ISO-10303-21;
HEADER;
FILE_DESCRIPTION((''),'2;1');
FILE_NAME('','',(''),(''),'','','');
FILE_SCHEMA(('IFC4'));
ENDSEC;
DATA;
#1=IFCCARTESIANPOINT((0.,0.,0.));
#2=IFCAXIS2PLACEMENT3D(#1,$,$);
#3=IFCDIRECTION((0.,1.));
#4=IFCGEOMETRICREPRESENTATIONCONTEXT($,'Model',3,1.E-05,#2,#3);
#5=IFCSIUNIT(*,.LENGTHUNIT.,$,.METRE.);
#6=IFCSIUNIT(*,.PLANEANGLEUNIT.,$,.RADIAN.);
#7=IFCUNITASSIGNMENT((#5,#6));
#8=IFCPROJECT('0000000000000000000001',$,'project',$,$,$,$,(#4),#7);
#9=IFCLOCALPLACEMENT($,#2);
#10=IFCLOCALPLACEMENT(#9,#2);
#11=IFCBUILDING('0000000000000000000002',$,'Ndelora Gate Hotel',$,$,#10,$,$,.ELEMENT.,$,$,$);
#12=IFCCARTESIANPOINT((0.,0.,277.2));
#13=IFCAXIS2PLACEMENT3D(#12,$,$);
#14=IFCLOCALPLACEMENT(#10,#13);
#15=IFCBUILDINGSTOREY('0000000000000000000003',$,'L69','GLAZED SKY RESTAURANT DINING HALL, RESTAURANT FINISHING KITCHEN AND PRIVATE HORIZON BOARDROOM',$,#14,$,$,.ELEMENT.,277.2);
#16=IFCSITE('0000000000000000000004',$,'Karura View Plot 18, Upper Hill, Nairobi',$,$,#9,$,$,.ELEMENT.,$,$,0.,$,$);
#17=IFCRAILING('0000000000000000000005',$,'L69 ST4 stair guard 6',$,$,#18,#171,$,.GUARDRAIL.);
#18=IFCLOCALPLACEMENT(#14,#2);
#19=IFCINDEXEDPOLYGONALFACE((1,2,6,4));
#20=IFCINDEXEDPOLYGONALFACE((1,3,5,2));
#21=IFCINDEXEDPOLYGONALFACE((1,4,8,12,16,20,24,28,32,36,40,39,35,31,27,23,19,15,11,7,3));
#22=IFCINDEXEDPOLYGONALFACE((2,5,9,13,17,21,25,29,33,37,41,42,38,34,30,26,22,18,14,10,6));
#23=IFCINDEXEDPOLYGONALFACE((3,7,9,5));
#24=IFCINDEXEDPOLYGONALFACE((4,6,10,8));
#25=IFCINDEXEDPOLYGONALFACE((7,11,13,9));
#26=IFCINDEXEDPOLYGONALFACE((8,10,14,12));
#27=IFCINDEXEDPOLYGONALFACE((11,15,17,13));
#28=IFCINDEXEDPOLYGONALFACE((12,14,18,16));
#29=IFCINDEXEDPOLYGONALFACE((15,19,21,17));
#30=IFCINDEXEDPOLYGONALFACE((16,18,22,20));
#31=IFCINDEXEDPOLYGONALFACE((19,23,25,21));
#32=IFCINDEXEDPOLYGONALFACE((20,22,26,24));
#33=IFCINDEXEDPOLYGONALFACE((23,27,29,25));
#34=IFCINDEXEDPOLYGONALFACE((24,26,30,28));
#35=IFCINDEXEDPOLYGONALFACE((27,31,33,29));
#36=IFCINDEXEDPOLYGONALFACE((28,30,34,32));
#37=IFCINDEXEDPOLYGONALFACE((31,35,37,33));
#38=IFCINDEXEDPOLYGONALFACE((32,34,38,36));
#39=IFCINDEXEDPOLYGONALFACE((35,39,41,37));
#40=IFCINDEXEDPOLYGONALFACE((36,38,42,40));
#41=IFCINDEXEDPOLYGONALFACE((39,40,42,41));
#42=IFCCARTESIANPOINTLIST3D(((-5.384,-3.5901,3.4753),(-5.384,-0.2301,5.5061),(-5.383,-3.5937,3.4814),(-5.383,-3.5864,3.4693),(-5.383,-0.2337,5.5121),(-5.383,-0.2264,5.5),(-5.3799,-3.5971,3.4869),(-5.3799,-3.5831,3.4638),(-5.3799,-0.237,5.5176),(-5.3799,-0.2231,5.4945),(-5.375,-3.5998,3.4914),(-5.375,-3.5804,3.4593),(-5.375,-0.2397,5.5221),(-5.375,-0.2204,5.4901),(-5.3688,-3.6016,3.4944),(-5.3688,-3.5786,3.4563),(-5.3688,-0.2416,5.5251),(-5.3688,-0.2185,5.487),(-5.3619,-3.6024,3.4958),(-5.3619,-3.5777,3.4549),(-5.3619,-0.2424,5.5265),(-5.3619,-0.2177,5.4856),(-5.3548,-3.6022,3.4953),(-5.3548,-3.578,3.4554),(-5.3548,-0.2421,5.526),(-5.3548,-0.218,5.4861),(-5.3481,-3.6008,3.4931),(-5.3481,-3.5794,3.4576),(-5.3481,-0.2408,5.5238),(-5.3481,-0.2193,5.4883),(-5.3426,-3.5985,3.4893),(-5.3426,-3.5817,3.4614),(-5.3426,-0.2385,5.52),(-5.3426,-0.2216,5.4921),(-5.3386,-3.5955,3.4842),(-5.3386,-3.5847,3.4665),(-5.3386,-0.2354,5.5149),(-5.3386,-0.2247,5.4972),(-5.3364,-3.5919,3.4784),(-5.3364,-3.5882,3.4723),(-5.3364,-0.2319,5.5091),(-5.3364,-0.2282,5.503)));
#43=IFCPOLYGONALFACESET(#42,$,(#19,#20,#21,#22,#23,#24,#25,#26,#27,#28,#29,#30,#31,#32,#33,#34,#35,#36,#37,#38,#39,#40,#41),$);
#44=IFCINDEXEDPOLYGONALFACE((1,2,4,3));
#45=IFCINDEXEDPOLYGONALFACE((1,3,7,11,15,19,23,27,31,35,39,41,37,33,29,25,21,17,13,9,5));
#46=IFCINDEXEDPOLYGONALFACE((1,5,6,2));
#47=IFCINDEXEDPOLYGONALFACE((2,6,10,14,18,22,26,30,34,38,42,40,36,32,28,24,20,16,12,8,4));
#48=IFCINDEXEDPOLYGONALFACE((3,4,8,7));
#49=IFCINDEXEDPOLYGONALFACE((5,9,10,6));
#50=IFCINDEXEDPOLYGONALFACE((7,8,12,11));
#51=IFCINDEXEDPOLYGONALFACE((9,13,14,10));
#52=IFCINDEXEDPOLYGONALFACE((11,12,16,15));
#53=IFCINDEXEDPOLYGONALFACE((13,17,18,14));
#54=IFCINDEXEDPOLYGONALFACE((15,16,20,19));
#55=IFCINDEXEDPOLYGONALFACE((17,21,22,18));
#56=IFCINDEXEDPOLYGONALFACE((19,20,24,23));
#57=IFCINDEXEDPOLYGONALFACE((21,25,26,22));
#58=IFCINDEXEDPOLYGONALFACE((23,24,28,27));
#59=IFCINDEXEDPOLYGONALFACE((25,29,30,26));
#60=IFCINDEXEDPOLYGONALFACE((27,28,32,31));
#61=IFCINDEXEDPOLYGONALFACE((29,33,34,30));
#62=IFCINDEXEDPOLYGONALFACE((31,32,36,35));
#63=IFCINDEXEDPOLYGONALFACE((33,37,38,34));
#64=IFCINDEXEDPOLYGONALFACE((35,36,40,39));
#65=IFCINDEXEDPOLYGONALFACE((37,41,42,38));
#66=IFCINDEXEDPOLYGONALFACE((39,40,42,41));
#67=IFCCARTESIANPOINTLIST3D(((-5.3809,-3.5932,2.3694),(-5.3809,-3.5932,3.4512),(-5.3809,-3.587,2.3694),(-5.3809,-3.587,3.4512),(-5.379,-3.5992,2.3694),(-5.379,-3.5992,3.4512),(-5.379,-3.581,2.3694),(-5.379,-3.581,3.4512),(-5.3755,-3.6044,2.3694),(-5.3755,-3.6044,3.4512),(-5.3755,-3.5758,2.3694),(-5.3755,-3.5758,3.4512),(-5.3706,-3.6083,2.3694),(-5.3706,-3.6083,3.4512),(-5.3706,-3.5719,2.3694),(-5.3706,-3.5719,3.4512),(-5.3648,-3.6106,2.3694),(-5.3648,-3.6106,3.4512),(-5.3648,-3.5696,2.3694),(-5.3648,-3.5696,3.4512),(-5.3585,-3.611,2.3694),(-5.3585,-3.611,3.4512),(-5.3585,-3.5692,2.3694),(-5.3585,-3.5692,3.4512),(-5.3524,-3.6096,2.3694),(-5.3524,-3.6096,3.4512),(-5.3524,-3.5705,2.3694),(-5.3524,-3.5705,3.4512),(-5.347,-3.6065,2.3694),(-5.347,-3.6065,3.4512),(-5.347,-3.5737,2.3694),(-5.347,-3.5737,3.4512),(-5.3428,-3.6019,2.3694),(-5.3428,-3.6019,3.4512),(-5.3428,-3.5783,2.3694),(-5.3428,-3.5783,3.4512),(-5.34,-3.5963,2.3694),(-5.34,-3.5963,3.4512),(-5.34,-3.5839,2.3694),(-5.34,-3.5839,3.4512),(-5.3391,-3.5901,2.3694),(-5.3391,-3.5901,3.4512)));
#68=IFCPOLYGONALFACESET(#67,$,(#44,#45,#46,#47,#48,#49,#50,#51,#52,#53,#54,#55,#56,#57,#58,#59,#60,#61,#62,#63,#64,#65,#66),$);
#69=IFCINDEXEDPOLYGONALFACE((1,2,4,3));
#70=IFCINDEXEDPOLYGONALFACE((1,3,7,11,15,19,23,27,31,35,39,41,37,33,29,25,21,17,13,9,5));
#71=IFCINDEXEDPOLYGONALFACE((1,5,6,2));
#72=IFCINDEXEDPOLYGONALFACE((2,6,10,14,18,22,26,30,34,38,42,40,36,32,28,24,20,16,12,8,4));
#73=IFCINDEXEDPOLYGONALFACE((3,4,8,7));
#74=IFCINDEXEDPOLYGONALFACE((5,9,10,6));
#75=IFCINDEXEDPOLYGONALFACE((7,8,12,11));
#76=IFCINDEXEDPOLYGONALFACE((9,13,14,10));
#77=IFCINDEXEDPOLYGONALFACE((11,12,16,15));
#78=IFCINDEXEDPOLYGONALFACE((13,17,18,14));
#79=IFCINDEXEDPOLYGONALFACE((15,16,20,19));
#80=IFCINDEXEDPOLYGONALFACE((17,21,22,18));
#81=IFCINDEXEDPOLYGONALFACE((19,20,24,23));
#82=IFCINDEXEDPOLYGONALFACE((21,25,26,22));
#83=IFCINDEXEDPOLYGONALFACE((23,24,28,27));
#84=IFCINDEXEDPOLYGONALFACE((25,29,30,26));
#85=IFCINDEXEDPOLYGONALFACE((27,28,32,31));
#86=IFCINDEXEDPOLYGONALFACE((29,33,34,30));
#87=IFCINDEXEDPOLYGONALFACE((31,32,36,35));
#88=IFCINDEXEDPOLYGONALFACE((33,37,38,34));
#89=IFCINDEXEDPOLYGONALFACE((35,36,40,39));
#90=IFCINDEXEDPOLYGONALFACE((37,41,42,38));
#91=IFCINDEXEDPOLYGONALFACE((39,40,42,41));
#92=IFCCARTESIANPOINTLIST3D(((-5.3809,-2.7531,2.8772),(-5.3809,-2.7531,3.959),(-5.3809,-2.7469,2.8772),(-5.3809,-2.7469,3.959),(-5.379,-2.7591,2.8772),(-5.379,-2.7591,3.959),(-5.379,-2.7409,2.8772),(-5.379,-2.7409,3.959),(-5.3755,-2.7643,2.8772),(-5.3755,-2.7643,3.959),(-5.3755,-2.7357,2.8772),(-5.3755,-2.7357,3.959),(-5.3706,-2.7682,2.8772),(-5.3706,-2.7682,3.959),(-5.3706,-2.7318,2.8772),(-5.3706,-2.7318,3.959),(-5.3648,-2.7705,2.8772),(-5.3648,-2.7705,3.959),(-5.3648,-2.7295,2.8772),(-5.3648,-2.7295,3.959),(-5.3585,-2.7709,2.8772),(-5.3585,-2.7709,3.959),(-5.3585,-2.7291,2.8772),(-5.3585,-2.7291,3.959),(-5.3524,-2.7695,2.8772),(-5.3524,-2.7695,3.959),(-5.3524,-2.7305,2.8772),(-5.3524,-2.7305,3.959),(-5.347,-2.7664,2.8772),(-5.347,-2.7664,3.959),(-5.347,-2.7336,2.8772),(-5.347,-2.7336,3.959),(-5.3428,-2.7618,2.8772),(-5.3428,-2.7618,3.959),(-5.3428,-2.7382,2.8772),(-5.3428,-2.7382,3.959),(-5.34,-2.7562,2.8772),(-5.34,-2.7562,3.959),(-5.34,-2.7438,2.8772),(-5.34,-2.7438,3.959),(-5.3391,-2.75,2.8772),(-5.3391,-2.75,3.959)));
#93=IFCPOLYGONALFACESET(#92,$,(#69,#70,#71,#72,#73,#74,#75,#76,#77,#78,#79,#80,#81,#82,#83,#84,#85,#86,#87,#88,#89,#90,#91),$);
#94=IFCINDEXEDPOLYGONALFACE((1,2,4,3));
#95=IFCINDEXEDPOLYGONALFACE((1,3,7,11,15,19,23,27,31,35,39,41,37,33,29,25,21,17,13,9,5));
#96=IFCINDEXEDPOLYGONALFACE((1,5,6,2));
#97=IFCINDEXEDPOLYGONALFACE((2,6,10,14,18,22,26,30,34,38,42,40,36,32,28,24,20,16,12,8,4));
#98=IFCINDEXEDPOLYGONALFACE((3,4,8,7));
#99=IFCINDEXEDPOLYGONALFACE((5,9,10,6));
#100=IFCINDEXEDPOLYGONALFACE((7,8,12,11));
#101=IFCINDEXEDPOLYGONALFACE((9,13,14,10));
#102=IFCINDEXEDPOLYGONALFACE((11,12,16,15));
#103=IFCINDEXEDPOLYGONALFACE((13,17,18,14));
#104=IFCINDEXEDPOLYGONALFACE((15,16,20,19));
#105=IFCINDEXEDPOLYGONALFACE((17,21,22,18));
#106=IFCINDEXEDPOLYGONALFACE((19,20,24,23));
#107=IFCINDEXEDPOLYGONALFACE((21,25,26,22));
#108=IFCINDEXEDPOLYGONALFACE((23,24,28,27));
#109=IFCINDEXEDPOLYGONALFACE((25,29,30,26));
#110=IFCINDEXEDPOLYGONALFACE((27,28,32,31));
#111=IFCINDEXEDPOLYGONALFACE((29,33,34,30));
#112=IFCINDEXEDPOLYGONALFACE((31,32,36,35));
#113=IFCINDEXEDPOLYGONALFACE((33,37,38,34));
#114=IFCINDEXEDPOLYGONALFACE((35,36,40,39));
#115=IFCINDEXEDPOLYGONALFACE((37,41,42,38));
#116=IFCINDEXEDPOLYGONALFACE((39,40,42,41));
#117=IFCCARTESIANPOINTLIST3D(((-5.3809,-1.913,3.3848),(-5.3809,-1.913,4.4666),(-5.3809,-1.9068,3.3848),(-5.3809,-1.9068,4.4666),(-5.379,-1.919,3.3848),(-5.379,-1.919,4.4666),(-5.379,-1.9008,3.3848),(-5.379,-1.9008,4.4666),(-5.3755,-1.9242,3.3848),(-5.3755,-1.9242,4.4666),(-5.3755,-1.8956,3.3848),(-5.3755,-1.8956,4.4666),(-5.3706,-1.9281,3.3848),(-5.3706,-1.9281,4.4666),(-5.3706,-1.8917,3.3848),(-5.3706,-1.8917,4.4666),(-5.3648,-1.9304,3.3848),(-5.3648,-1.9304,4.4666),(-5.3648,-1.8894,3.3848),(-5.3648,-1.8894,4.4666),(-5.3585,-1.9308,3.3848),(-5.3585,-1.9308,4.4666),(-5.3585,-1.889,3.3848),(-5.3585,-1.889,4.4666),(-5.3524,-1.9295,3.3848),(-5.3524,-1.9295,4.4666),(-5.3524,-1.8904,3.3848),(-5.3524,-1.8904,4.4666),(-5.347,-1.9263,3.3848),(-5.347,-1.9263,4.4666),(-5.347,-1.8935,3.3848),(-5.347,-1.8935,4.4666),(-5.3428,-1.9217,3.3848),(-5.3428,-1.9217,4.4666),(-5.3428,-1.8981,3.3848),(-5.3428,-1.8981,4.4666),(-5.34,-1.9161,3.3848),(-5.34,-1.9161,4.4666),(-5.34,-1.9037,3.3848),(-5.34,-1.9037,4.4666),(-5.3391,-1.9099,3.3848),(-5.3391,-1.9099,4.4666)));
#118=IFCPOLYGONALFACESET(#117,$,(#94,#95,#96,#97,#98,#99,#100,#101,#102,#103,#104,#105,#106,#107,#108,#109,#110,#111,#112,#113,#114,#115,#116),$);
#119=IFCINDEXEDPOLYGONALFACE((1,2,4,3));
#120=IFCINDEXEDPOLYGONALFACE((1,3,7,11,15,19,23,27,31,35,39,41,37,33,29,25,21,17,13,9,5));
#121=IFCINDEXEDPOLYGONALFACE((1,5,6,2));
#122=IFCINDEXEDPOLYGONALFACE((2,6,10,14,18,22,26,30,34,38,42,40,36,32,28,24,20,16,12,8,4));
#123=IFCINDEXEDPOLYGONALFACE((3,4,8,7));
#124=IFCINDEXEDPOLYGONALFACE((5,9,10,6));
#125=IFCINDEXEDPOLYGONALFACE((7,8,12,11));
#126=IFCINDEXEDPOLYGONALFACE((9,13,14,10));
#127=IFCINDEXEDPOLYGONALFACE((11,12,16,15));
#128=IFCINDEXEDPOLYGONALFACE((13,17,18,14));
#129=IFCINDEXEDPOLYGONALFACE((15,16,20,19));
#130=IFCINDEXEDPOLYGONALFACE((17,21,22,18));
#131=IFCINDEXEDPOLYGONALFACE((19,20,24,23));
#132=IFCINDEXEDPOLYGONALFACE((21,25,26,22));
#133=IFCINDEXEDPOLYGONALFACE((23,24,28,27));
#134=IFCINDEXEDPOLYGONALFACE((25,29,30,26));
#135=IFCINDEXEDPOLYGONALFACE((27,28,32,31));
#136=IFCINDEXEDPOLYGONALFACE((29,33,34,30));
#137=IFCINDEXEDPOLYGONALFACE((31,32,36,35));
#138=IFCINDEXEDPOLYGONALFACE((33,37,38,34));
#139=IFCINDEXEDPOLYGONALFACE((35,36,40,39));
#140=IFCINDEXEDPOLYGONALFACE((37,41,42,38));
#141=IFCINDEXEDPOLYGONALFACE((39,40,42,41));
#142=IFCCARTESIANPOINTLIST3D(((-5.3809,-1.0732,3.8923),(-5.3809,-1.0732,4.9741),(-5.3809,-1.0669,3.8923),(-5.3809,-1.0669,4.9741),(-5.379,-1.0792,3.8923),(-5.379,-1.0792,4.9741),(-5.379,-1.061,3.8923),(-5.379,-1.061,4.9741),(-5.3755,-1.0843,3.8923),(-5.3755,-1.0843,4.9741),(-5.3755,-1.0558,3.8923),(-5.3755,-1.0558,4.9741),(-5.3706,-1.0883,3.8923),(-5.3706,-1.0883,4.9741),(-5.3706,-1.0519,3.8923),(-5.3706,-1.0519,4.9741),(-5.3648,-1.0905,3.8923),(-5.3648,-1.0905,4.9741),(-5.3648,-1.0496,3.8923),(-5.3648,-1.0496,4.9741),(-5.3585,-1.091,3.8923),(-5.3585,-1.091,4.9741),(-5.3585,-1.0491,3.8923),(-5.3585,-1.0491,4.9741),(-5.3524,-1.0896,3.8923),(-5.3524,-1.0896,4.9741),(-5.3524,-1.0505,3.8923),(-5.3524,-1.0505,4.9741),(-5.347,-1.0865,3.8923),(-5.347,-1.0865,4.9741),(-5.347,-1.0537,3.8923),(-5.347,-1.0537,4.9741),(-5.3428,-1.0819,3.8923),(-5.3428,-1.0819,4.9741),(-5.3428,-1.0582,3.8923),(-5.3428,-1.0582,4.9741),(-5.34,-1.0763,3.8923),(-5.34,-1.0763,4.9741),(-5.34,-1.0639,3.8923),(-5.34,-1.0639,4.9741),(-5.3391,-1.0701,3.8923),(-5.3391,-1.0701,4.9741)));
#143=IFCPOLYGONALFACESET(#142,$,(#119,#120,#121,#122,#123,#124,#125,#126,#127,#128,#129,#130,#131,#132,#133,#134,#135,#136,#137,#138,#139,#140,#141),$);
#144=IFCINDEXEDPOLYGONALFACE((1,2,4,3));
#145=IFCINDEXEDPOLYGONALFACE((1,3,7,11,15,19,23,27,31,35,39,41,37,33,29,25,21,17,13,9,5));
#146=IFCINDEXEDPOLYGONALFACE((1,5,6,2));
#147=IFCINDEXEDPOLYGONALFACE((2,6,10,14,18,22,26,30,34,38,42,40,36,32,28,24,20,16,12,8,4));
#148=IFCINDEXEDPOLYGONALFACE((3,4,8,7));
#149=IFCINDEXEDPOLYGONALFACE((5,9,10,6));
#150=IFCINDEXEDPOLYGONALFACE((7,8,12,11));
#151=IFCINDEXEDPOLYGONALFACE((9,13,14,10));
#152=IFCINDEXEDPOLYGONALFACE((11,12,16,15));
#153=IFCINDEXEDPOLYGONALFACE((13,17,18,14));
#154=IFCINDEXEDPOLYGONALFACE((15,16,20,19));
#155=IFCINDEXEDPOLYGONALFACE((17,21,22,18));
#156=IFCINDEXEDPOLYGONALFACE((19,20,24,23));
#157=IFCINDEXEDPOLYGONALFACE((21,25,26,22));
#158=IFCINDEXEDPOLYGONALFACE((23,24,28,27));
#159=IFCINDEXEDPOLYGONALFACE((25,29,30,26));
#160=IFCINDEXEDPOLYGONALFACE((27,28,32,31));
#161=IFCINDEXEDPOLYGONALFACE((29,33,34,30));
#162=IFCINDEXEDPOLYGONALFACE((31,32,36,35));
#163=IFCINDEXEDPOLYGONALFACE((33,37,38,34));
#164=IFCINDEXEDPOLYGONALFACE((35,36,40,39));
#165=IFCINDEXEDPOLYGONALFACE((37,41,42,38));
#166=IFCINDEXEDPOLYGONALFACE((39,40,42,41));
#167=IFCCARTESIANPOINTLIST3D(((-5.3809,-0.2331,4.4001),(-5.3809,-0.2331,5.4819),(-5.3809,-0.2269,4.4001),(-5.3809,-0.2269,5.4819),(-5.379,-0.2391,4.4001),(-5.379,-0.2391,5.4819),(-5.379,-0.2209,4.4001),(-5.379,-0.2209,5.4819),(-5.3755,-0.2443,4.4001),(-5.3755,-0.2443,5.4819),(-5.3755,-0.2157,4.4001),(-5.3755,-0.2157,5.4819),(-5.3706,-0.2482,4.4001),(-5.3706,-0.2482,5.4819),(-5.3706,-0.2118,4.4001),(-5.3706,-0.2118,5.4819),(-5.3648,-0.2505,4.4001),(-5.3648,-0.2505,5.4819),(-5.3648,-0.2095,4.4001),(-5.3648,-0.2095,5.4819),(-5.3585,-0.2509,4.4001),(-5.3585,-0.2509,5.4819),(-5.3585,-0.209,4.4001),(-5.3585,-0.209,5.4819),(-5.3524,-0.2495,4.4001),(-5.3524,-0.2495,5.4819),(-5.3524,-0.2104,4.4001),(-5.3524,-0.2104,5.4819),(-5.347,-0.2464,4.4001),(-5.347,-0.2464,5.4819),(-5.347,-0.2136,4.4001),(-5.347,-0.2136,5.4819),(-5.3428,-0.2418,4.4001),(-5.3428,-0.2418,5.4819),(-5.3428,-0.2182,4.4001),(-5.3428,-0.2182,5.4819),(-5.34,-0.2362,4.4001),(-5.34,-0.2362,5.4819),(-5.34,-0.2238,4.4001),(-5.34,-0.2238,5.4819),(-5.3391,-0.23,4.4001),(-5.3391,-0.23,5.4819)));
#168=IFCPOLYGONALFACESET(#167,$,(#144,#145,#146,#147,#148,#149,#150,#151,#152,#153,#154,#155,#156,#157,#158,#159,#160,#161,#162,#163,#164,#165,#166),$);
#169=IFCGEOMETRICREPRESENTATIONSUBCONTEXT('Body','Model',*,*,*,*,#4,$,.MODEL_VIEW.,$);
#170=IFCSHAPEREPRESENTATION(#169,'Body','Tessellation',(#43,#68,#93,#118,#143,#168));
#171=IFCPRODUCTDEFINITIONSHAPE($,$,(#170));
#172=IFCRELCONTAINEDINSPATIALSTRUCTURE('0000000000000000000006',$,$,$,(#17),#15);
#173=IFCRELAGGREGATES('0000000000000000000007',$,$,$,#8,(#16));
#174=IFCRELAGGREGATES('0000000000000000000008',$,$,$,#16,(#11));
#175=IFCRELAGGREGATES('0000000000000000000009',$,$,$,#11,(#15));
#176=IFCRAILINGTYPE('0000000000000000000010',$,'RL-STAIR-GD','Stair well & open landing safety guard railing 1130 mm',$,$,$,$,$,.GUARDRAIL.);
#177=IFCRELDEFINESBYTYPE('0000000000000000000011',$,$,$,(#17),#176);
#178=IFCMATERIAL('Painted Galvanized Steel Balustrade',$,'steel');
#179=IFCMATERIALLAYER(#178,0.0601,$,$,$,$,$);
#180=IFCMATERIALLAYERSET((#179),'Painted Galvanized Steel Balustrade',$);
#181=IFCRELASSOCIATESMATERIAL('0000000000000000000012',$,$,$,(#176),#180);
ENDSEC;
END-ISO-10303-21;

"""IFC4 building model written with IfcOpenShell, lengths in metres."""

from ifc_helpers import new_model, si_unit, direction, frame, origin, origin_2d, place, context, subcontext, project, spatial, circle, extrude, material, layer, layer_set, type_object, element, save


model = new_model("IFC4")

# Units and contexts
model_context = context("Model", 3, precision=1e-05, world=origin(), true_north=direction((0.0, 1.0)))
body_context = subcontext(model_context, "Body", "Model", "MODEL_VIEW")
ifc_project = project(units=[si_unit("LENGTHUNIT", "METRE"), si_unit("PLANEANGLEUNIT", "RADIAN")], contexts=[model_context])

# Site, building, storey
site_placement = place(None, origin())
site = spatial("IfcSite", under=ifc_project, at=site_placement, Name="Karura View Plot 18, Upper Hill, Nairobi", CompositionType="ELEMENT", RefElevation=0.0)
building_placement = place(site_placement, origin())
building = spatial("IfcBuilding", under=site, at=building_placement, Name="Ndelora Gate Hotel", CompositionType="ELEMENT")
storey_placement = place(building_placement, frame((0.0, 0.0, 277.2)))
storey = spatial("IfcBuildingStorey", under=building, at=storey_placement, Name="L69", Description="GLAZED SKY RESTAURANT DINING HALL, RESTAURANT FINISHING KITCHEN AND PRIVATE HORIZON BOARDROOM", CompositionType="ELEMENT", Elevation=277.2)

# Railing
ifc_material_1 = material(Name="Painted Galvanized Steel Balustrade", Category="steel")
ifc_layer_1 = layer(ifc_material_1, 0.0601)
ifc_layer_set_1 = layer_set([ifc_layer_1], Name="Painted Galvanized Steel Balustrade")
railing_type_1 = type_object("IfcRailingType", Name="RL-STAIR-GD", Description="Stair well & open landing safety guard railing 1130 mm", PredefinedType="GUARDRAIL", material=ifc_layer_set_1)
railing_1_placement = place(storey_placement, frame((-5.3601, -3.5901, 2.3694)))
element("IfcRailing", 1, at=railing_1_placement, inside=storey, type_object=railing_type_1, Name="L69 ST4 stair guard 6", PredefinedType="GUARDRAIL", context=body_context, shape_type="SweptSolid", body=[
    extrude(circle(Radius=0.0239, at=origin_2d()), frame((0.0, 0.0, 1.106), z_axis=(0.0, 0.855837, 0.517246), x_axis=(-1.0, 0.0, 0.0)), (0.0, 0.0, 1.0), 3.926),
    extrude(circle(Radius=0.021, at=origin_2d()), origin(), (0.0, 0.0, 1.0), 1.0818),
    extrude(circle(Radius=0.021, at=origin_2d()), frame((0.0, 0.8401, 0.5078)), (0.0, 0.0, 1.0), 1.0818),
    extrude(circle(Radius=0.021, at=origin_2d()), frame((0.0, 1.6802, 1.0154)), (0.0, 0.0, 1.0), 1.0818),
    extrude(circle(Radius=0.021, at=origin_2d()), frame((0.0, 2.52, 1.5229)), (0.0, 0.0, 1.0), 1.0818),
    extrude(circle(Radius=0.021, at=origin_2d()), frame((0.0, 3.3601, 2.0308)), (0.0, 0.0, 1.0), 1.0818),
])

save(model, "model.ifc")
